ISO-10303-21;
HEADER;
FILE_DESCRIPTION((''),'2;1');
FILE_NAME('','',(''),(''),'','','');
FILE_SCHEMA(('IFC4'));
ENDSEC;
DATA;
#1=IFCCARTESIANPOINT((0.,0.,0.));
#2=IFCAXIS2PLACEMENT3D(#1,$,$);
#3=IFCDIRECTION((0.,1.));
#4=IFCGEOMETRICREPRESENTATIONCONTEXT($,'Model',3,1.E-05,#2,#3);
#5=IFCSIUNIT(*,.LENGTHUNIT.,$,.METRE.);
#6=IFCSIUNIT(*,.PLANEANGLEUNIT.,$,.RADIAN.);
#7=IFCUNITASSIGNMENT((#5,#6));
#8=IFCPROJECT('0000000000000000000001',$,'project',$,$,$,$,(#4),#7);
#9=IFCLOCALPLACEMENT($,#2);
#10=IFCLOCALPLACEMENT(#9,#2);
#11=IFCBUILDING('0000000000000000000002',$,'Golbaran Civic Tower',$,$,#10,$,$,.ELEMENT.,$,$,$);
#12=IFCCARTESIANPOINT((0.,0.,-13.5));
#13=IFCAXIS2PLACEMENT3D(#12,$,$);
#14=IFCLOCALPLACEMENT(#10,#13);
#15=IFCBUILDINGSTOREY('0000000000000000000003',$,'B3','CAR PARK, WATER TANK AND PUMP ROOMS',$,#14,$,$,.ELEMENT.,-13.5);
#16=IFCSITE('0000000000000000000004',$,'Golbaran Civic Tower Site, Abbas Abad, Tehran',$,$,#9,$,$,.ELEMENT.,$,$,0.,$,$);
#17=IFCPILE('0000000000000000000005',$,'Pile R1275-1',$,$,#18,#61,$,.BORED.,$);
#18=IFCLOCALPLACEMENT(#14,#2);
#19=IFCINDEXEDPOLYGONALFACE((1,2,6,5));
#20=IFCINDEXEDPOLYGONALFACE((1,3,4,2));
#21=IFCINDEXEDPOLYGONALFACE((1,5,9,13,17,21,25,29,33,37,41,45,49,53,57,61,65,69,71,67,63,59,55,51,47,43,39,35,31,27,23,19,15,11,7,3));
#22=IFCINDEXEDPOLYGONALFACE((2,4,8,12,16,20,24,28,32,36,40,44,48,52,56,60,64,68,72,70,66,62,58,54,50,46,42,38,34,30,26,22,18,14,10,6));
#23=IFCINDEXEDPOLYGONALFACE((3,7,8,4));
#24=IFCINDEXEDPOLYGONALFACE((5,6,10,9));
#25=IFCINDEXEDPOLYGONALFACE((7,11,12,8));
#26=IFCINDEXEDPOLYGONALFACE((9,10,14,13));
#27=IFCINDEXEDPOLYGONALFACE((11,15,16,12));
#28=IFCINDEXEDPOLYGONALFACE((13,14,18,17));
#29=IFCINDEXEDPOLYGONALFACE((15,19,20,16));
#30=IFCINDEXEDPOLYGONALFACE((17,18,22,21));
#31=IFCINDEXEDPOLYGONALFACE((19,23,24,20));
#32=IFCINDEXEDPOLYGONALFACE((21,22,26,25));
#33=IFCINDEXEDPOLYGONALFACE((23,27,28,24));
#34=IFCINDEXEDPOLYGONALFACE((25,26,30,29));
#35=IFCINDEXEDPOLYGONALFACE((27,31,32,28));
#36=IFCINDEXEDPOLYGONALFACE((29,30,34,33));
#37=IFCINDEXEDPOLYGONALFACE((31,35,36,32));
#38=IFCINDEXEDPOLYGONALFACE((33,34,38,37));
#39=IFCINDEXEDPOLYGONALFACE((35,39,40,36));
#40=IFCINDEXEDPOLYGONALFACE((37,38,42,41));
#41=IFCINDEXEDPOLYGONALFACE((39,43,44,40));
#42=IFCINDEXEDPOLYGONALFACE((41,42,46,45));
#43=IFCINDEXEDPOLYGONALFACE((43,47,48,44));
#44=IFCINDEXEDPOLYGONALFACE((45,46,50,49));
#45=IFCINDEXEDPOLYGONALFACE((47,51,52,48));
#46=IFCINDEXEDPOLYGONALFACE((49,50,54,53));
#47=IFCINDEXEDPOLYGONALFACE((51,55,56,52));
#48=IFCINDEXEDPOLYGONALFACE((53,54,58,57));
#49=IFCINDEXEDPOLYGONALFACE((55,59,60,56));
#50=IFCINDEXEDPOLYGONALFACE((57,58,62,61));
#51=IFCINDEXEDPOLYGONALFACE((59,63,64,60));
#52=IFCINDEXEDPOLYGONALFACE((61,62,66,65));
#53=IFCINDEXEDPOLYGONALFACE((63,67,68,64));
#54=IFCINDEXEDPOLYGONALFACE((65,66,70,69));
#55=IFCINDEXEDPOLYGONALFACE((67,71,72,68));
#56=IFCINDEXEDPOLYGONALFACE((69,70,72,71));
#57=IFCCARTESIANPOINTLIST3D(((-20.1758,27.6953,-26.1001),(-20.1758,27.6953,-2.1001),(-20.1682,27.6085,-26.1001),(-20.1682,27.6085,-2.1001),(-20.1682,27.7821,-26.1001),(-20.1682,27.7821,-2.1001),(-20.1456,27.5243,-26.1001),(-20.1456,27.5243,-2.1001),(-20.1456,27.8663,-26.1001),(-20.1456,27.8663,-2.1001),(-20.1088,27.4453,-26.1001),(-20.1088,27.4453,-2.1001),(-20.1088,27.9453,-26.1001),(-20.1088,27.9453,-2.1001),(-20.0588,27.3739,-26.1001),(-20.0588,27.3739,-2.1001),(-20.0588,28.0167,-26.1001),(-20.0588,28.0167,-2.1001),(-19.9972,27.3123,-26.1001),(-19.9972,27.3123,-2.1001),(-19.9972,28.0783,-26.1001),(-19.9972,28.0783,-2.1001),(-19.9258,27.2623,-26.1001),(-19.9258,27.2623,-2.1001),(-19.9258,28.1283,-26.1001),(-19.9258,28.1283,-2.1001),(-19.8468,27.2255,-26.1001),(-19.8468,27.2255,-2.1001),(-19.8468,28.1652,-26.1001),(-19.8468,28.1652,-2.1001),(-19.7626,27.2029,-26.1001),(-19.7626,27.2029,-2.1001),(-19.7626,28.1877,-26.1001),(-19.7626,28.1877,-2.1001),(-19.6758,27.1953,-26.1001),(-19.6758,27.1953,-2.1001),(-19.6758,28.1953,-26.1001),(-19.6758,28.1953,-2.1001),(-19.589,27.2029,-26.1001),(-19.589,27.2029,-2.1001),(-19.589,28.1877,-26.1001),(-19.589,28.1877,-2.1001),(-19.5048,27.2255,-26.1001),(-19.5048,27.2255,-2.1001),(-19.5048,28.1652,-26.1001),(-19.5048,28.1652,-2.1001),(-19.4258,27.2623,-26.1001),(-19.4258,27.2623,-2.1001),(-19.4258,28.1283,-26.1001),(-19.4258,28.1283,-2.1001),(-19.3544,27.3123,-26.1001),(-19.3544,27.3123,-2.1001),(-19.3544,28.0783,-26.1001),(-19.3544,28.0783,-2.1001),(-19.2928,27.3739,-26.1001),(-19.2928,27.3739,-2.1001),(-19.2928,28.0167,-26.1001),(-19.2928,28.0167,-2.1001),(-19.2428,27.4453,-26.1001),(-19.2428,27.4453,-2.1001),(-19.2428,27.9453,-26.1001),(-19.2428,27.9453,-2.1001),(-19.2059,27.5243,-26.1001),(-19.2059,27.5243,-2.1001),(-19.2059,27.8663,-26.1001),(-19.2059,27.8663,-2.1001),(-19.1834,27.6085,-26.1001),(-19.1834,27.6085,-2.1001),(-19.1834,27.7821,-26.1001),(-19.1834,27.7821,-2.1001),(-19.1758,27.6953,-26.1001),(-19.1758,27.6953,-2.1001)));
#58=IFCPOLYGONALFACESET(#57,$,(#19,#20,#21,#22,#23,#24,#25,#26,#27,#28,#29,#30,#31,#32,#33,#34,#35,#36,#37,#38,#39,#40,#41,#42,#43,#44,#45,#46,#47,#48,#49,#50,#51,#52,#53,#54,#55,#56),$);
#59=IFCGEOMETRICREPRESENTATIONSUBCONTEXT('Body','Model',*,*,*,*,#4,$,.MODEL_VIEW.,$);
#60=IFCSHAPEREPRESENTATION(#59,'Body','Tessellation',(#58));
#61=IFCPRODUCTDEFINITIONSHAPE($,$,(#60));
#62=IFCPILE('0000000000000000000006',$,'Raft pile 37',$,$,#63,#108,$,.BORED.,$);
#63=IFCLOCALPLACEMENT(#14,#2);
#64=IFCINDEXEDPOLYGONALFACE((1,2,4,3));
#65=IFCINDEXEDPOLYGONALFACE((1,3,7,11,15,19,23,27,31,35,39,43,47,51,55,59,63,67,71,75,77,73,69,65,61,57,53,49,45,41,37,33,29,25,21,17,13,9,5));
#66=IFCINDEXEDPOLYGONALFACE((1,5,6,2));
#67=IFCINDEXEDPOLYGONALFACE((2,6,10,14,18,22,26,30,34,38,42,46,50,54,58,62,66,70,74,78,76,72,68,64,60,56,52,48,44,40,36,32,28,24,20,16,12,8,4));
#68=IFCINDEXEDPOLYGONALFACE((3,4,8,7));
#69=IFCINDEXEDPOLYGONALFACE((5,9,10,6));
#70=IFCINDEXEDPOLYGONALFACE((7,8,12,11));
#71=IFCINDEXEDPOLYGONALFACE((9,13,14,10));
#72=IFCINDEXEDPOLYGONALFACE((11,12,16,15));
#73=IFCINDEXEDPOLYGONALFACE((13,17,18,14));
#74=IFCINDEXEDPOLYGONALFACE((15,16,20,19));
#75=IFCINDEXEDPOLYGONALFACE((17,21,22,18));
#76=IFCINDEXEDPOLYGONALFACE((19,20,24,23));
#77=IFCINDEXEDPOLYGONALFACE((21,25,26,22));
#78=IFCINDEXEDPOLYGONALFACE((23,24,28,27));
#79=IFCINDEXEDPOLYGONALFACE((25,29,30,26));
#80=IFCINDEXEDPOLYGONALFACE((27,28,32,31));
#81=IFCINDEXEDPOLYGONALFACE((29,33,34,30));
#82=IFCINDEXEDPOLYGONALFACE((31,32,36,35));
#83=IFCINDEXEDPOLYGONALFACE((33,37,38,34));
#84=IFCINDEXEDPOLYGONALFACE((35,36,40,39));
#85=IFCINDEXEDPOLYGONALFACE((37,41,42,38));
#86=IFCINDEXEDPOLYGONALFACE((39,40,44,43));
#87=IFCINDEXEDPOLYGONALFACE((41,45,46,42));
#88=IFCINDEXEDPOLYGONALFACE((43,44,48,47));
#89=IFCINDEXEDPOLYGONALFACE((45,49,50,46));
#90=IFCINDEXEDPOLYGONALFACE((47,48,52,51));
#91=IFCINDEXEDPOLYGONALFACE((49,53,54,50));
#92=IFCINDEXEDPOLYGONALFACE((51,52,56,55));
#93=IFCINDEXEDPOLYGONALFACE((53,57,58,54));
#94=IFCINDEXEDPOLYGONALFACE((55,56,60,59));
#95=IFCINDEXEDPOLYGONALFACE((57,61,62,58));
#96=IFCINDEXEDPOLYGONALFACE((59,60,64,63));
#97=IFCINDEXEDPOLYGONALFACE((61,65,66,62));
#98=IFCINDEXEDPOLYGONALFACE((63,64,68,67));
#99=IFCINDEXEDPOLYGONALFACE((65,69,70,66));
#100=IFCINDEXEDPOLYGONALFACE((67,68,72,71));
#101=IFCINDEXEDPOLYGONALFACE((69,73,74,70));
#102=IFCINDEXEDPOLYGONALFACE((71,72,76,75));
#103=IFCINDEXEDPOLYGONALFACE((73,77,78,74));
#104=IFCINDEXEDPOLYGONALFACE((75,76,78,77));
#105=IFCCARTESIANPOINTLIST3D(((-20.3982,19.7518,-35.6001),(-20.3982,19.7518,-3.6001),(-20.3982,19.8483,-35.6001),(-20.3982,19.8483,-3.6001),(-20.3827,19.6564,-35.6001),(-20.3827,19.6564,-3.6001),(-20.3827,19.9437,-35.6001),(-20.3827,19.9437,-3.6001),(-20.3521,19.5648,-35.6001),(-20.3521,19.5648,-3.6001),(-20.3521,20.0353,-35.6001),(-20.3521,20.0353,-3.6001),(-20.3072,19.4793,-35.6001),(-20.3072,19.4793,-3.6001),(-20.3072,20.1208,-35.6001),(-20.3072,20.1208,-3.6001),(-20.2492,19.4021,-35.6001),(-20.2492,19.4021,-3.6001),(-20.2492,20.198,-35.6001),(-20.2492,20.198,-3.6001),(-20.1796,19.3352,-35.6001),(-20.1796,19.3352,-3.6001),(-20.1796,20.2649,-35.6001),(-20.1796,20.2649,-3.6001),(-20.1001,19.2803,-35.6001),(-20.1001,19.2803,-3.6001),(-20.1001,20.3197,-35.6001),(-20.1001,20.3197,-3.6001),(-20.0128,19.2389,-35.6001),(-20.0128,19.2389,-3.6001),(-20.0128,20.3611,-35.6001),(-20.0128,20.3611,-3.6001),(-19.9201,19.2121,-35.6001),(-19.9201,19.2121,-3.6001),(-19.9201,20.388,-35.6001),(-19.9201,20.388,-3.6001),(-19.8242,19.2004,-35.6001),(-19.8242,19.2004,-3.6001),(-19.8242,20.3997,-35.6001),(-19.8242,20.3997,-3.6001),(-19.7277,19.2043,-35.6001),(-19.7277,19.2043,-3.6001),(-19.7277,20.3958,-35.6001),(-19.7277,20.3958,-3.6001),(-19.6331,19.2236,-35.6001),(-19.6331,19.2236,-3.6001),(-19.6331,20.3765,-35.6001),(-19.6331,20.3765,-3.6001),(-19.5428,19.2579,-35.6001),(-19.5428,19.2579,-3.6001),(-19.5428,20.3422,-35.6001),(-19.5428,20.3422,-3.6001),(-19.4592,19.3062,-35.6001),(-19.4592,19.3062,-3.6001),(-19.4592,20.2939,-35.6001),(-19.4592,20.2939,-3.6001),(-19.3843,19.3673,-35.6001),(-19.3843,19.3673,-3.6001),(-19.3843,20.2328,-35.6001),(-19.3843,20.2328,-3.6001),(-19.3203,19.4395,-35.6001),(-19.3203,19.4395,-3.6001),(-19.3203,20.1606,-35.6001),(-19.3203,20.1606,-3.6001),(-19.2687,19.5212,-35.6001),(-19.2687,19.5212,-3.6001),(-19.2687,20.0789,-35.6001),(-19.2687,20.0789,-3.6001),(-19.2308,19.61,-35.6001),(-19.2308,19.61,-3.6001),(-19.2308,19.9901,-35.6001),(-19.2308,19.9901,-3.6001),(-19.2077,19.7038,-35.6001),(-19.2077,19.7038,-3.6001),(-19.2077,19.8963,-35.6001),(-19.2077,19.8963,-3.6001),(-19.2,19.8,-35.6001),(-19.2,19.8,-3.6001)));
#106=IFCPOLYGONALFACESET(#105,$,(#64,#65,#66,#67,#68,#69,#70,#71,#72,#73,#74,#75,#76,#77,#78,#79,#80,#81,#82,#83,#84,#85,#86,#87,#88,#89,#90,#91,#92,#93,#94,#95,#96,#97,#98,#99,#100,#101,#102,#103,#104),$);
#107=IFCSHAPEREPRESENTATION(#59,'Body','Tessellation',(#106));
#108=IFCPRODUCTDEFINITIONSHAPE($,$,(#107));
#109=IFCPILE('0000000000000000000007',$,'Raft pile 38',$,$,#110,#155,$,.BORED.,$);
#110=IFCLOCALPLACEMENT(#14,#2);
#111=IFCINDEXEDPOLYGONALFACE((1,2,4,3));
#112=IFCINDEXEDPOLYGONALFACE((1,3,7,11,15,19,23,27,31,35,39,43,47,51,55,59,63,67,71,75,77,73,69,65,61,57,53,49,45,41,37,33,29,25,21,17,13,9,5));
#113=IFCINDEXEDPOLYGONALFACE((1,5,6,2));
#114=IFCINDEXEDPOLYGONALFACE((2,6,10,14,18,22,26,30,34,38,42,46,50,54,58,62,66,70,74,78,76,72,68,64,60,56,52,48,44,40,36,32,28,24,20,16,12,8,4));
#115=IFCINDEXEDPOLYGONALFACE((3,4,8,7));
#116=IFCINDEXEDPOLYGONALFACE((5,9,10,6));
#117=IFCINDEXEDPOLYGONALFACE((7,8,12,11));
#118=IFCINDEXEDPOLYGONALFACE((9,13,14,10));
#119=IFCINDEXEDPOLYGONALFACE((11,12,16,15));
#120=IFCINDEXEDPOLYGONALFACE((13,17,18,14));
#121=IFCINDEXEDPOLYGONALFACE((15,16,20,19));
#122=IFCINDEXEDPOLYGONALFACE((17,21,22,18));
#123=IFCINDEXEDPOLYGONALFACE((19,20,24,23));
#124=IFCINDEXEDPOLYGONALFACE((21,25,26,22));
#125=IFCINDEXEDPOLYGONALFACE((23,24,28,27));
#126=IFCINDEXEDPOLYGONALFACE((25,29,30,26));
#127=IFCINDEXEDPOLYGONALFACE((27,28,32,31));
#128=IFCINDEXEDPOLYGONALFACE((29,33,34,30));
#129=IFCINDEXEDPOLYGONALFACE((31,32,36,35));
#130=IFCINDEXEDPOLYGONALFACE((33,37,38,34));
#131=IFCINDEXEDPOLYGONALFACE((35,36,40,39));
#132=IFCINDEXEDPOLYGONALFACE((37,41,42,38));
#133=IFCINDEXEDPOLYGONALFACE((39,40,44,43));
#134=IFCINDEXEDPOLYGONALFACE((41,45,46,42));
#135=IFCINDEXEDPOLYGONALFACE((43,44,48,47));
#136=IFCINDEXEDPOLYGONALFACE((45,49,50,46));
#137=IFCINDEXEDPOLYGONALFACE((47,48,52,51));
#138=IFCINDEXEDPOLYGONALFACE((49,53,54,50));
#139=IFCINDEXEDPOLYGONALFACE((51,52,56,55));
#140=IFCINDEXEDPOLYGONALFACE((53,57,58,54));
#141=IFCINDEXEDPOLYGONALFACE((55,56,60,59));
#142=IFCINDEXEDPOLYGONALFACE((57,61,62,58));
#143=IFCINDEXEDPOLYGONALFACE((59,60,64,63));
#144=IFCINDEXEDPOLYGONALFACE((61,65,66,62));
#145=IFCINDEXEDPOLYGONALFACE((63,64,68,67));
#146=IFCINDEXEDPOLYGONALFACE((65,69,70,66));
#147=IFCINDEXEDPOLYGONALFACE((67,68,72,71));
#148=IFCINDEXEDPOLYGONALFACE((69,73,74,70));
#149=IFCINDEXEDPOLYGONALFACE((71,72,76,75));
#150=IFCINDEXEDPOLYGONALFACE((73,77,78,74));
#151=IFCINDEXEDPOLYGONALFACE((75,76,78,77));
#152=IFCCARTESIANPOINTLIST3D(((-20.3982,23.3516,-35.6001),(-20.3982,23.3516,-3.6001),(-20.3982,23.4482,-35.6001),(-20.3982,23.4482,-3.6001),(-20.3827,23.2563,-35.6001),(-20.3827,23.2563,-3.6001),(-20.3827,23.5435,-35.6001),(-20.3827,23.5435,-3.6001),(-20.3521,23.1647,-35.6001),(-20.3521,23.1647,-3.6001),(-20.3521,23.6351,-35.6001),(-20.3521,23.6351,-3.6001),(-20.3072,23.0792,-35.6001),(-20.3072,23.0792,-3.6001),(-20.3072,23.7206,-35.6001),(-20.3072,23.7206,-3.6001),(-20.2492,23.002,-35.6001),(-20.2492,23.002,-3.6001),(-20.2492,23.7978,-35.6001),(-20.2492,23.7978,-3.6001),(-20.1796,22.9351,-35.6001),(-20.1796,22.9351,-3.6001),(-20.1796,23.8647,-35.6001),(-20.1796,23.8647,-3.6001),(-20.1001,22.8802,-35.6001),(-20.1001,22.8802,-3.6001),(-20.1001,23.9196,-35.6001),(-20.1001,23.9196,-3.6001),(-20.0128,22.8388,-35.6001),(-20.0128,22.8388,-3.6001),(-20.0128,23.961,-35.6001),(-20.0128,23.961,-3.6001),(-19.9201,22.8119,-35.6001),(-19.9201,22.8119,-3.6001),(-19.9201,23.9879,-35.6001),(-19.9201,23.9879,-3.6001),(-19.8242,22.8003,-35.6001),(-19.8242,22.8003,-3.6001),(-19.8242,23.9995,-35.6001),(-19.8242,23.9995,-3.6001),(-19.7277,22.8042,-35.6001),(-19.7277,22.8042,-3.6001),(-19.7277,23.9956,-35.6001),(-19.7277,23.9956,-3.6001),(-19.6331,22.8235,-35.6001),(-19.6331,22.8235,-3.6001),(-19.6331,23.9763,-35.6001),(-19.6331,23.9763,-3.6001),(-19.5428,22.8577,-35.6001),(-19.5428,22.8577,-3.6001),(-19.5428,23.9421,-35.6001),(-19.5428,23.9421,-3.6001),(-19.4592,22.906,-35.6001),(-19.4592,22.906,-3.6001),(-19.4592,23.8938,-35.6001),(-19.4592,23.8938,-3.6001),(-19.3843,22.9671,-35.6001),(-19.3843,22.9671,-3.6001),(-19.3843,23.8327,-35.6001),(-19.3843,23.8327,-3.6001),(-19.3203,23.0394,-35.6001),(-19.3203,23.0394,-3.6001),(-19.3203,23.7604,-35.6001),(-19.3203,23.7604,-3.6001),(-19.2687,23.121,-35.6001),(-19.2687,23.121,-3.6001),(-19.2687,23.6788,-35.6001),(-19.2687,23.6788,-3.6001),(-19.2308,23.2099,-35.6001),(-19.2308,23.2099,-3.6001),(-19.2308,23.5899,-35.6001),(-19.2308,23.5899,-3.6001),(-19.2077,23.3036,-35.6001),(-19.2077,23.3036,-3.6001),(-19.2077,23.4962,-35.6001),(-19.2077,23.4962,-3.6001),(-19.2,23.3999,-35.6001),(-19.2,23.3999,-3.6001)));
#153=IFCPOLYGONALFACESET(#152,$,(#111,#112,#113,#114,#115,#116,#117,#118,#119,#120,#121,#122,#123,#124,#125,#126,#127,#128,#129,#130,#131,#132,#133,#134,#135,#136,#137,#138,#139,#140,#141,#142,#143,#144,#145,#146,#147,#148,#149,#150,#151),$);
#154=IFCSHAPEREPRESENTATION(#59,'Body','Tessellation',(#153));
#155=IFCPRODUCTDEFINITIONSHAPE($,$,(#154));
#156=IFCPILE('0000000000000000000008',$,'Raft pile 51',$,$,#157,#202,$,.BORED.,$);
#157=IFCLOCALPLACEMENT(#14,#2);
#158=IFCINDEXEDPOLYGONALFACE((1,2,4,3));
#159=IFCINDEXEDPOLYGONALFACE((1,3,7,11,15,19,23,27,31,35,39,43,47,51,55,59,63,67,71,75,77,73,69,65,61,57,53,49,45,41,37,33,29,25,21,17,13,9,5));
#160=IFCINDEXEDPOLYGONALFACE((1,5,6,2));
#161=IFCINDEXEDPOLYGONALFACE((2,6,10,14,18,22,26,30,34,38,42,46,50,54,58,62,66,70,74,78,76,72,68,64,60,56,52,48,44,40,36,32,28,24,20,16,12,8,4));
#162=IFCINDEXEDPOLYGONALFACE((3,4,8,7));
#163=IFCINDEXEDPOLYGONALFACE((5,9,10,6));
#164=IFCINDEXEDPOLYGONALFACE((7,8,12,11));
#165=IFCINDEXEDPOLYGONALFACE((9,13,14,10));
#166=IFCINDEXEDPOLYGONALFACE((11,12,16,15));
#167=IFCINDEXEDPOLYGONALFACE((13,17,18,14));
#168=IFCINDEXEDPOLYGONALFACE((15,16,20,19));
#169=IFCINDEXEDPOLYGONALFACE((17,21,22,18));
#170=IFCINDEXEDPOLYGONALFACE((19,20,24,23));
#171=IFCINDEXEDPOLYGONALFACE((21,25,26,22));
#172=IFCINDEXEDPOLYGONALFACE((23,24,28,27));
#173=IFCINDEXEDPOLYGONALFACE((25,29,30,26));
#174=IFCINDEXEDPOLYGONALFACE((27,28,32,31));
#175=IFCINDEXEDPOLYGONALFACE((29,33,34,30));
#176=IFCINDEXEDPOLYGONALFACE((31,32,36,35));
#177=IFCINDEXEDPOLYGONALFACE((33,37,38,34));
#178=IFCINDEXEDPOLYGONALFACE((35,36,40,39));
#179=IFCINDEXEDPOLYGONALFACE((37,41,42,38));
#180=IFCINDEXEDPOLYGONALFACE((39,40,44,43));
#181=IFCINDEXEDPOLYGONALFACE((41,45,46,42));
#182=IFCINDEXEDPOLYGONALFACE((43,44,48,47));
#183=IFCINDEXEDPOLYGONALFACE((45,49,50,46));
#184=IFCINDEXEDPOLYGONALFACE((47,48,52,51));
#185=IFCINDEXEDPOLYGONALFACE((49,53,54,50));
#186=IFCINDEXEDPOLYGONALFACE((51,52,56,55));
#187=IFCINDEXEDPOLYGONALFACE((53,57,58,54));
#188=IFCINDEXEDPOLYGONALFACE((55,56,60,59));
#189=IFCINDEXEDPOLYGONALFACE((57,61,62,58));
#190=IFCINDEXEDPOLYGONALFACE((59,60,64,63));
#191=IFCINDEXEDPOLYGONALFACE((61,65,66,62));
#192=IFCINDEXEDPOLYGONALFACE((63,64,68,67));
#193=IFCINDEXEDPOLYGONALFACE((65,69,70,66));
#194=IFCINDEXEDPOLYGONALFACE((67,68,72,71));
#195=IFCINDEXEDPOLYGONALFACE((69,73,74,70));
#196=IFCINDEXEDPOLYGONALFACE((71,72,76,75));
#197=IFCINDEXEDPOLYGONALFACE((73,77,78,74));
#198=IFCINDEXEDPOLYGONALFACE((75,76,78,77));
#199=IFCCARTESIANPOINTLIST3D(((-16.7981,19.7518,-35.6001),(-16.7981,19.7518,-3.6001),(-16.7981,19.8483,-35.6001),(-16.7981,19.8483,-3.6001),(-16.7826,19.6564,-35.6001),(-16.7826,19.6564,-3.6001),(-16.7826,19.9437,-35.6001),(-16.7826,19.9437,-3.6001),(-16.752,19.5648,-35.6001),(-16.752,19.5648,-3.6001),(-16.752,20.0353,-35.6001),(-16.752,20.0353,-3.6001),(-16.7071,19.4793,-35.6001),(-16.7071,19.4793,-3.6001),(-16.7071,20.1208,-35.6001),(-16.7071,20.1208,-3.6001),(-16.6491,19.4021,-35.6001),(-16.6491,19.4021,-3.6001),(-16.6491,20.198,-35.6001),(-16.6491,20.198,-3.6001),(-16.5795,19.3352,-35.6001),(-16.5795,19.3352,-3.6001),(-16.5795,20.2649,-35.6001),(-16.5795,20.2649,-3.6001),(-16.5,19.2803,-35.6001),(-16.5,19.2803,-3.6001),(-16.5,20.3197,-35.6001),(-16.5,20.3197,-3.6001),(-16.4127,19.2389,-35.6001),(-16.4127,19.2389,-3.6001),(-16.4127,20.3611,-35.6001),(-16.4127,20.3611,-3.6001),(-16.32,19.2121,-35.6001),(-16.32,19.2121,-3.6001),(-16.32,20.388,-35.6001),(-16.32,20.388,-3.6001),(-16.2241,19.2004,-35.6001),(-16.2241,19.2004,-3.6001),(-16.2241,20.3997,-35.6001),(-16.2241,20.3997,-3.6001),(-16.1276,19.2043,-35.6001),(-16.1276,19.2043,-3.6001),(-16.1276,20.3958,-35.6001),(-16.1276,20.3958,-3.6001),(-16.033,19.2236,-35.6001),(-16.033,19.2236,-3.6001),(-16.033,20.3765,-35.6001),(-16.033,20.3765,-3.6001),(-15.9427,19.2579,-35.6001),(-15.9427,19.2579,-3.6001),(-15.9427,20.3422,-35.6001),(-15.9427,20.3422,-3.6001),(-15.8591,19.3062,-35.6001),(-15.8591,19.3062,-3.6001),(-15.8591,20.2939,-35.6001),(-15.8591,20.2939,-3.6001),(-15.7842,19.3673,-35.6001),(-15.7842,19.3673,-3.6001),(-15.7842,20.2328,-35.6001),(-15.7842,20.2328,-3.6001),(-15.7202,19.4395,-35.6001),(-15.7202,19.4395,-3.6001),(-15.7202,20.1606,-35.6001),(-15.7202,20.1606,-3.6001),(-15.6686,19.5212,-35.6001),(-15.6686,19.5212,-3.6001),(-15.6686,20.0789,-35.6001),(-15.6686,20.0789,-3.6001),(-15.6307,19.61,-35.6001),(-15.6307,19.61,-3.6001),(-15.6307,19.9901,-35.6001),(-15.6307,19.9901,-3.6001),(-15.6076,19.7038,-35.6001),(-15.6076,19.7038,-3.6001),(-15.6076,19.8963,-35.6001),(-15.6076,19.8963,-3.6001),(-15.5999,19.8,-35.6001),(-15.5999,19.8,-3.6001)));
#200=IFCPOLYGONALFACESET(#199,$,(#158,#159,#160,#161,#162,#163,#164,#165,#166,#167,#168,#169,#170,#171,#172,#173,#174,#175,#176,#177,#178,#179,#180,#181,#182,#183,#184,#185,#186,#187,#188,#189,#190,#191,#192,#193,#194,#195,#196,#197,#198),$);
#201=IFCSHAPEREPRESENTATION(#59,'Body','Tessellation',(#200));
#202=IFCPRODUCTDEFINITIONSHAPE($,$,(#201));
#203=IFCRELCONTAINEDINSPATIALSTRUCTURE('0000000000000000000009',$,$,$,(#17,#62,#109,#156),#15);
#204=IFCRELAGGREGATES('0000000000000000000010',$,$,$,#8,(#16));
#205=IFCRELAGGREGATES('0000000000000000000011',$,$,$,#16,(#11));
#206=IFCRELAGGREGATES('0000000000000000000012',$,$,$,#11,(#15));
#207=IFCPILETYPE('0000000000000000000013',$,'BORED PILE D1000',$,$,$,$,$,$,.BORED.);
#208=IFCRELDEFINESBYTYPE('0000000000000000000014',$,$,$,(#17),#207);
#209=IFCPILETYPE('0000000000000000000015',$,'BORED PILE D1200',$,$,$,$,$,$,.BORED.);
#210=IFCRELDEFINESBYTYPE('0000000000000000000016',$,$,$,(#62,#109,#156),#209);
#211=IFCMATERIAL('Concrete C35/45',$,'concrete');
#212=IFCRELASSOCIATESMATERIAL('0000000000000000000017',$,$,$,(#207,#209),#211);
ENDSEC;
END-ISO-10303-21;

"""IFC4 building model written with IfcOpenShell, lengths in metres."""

from ifc_helpers import new_model, si_unit, direction, frame, origin, origin_2d, place, context, subcontext, project, spatial, circle, extrude, material, material_profile, profile_set, type_object, element, save


model = new_model("IFC4")

# Units and contexts
model_context = context("Model", 3, precision=1e-05, world=origin(), true_north=direction((0.0, 1.0)))
body_context = subcontext(model_context, "Body", "Model", "MODEL_VIEW")
ifc_project = project(units=[si_unit("LENGTHUNIT", "METRE"), si_unit("PLANEANGLEUNIT", "RADIAN")], contexts=[model_context])

# Site, building, storey
site_placement = place(None, origin())
site = spatial("IfcSite", under=ifc_project, at=site_placement, Name="Golbaran Civic Tower Site, Abbas Abad, Tehran", CompositionType="ELEMENT", RefElevation=0.0)
building_placement = place(site_placement, origin())
building = spatial("IfcBuilding", under=site, at=building_placement, Name="Golbaran Civic Tower", CompositionType="ELEMENT")
storey_placement = place(building_placement, frame((0.0, 0.0, -13.5)))
storey = spatial("IfcBuildingStorey", under=building, at=storey_placement, Name="B3", Description="CAR PARK, WATER TANK AND PUMP ROOMS", CompositionType="ELEMENT", Elevation=-13.5)

# Piles
ifc_material_1 = material(Name="Concrete C35/45", Category="concrete")
ifc_material_profile_1 = material_profile(ifc_material_1, circle(Radius=0.5, at=origin_2d()), Name="BORED PILE D1000")
ifc_profile_set_1 = profile_set([ifc_material_profile_1], Name="Concrete C35/45")
pile_type_1 = type_object("IfcPileType", Name="BORED PILE D1000", PredefinedType="BORED", material=ifc_profile_set_1)
for number, where, z_axis, x_axis, name in (
    (1, (-19.6758, 27.6953, -2.1001), (0.0, 0.0, -1.0), (1.0, 0.0, 0.0), "Pile R1275-1"),
):
    element("IfcPile", number, at=place(storey_placement, frame(where, z_axis=z_axis, x_axis=x_axis)), inside=storey, type_object=pile_type_1, Name=name, PredefinedType="BORED", context=body_context, shape_type="SweptSolid", body=[
        extrude(circle(Radius=0.5, at=origin_2d()), origin(), (0.0, 0.0, 1.0), 24.0),
    ])
ifc_material_profile_2 = material_profile(ifc_material_1, circle(Radius=0.6001, at=origin_2d()), Name="BORED PILE D1200")
ifc_profile_set_2 = profile_set([ifc_material_profile_2], Name="Concrete C35/45")
pile_type_2 = type_object("IfcPileType", Name="BORED PILE D1200", PredefinedType="BORED", material=ifc_profile_set_2)
for number, where, z_axis, x_axis, name in (
    (2, (-19.8, 19.8, -3.6001), (0.0, 0.0, -1.0), (1.0, 0.0, 0.0), "Raft pile 37"),
    (3, (-19.8, 23.3999, -3.6001), (0.0, 0.0, -1.0), (1.0, 0.0, 0.0), "Raft pile 38"),
    (4, (-16.2, 19.8, -3.6001), (0.0, 0.0, -1.0), (1.0, 0.0, 0.0), "Raft pile 51"),
):
    element("IfcPile", number, at=place(storey_placement, frame(where, z_axis=z_axis, x_axis=x_axis)), inside=storey, type_object=pile_type_2, Name=name, PredefinedType="BORED", context=body_context, shape_type="SweptSolid", body=[
        extrude(circle(Radius=0.6001, at=origin_2d()), origin(), (0.0, 0.0, 1.0), 32.0),
    ])

save(model, "model.ifc")
